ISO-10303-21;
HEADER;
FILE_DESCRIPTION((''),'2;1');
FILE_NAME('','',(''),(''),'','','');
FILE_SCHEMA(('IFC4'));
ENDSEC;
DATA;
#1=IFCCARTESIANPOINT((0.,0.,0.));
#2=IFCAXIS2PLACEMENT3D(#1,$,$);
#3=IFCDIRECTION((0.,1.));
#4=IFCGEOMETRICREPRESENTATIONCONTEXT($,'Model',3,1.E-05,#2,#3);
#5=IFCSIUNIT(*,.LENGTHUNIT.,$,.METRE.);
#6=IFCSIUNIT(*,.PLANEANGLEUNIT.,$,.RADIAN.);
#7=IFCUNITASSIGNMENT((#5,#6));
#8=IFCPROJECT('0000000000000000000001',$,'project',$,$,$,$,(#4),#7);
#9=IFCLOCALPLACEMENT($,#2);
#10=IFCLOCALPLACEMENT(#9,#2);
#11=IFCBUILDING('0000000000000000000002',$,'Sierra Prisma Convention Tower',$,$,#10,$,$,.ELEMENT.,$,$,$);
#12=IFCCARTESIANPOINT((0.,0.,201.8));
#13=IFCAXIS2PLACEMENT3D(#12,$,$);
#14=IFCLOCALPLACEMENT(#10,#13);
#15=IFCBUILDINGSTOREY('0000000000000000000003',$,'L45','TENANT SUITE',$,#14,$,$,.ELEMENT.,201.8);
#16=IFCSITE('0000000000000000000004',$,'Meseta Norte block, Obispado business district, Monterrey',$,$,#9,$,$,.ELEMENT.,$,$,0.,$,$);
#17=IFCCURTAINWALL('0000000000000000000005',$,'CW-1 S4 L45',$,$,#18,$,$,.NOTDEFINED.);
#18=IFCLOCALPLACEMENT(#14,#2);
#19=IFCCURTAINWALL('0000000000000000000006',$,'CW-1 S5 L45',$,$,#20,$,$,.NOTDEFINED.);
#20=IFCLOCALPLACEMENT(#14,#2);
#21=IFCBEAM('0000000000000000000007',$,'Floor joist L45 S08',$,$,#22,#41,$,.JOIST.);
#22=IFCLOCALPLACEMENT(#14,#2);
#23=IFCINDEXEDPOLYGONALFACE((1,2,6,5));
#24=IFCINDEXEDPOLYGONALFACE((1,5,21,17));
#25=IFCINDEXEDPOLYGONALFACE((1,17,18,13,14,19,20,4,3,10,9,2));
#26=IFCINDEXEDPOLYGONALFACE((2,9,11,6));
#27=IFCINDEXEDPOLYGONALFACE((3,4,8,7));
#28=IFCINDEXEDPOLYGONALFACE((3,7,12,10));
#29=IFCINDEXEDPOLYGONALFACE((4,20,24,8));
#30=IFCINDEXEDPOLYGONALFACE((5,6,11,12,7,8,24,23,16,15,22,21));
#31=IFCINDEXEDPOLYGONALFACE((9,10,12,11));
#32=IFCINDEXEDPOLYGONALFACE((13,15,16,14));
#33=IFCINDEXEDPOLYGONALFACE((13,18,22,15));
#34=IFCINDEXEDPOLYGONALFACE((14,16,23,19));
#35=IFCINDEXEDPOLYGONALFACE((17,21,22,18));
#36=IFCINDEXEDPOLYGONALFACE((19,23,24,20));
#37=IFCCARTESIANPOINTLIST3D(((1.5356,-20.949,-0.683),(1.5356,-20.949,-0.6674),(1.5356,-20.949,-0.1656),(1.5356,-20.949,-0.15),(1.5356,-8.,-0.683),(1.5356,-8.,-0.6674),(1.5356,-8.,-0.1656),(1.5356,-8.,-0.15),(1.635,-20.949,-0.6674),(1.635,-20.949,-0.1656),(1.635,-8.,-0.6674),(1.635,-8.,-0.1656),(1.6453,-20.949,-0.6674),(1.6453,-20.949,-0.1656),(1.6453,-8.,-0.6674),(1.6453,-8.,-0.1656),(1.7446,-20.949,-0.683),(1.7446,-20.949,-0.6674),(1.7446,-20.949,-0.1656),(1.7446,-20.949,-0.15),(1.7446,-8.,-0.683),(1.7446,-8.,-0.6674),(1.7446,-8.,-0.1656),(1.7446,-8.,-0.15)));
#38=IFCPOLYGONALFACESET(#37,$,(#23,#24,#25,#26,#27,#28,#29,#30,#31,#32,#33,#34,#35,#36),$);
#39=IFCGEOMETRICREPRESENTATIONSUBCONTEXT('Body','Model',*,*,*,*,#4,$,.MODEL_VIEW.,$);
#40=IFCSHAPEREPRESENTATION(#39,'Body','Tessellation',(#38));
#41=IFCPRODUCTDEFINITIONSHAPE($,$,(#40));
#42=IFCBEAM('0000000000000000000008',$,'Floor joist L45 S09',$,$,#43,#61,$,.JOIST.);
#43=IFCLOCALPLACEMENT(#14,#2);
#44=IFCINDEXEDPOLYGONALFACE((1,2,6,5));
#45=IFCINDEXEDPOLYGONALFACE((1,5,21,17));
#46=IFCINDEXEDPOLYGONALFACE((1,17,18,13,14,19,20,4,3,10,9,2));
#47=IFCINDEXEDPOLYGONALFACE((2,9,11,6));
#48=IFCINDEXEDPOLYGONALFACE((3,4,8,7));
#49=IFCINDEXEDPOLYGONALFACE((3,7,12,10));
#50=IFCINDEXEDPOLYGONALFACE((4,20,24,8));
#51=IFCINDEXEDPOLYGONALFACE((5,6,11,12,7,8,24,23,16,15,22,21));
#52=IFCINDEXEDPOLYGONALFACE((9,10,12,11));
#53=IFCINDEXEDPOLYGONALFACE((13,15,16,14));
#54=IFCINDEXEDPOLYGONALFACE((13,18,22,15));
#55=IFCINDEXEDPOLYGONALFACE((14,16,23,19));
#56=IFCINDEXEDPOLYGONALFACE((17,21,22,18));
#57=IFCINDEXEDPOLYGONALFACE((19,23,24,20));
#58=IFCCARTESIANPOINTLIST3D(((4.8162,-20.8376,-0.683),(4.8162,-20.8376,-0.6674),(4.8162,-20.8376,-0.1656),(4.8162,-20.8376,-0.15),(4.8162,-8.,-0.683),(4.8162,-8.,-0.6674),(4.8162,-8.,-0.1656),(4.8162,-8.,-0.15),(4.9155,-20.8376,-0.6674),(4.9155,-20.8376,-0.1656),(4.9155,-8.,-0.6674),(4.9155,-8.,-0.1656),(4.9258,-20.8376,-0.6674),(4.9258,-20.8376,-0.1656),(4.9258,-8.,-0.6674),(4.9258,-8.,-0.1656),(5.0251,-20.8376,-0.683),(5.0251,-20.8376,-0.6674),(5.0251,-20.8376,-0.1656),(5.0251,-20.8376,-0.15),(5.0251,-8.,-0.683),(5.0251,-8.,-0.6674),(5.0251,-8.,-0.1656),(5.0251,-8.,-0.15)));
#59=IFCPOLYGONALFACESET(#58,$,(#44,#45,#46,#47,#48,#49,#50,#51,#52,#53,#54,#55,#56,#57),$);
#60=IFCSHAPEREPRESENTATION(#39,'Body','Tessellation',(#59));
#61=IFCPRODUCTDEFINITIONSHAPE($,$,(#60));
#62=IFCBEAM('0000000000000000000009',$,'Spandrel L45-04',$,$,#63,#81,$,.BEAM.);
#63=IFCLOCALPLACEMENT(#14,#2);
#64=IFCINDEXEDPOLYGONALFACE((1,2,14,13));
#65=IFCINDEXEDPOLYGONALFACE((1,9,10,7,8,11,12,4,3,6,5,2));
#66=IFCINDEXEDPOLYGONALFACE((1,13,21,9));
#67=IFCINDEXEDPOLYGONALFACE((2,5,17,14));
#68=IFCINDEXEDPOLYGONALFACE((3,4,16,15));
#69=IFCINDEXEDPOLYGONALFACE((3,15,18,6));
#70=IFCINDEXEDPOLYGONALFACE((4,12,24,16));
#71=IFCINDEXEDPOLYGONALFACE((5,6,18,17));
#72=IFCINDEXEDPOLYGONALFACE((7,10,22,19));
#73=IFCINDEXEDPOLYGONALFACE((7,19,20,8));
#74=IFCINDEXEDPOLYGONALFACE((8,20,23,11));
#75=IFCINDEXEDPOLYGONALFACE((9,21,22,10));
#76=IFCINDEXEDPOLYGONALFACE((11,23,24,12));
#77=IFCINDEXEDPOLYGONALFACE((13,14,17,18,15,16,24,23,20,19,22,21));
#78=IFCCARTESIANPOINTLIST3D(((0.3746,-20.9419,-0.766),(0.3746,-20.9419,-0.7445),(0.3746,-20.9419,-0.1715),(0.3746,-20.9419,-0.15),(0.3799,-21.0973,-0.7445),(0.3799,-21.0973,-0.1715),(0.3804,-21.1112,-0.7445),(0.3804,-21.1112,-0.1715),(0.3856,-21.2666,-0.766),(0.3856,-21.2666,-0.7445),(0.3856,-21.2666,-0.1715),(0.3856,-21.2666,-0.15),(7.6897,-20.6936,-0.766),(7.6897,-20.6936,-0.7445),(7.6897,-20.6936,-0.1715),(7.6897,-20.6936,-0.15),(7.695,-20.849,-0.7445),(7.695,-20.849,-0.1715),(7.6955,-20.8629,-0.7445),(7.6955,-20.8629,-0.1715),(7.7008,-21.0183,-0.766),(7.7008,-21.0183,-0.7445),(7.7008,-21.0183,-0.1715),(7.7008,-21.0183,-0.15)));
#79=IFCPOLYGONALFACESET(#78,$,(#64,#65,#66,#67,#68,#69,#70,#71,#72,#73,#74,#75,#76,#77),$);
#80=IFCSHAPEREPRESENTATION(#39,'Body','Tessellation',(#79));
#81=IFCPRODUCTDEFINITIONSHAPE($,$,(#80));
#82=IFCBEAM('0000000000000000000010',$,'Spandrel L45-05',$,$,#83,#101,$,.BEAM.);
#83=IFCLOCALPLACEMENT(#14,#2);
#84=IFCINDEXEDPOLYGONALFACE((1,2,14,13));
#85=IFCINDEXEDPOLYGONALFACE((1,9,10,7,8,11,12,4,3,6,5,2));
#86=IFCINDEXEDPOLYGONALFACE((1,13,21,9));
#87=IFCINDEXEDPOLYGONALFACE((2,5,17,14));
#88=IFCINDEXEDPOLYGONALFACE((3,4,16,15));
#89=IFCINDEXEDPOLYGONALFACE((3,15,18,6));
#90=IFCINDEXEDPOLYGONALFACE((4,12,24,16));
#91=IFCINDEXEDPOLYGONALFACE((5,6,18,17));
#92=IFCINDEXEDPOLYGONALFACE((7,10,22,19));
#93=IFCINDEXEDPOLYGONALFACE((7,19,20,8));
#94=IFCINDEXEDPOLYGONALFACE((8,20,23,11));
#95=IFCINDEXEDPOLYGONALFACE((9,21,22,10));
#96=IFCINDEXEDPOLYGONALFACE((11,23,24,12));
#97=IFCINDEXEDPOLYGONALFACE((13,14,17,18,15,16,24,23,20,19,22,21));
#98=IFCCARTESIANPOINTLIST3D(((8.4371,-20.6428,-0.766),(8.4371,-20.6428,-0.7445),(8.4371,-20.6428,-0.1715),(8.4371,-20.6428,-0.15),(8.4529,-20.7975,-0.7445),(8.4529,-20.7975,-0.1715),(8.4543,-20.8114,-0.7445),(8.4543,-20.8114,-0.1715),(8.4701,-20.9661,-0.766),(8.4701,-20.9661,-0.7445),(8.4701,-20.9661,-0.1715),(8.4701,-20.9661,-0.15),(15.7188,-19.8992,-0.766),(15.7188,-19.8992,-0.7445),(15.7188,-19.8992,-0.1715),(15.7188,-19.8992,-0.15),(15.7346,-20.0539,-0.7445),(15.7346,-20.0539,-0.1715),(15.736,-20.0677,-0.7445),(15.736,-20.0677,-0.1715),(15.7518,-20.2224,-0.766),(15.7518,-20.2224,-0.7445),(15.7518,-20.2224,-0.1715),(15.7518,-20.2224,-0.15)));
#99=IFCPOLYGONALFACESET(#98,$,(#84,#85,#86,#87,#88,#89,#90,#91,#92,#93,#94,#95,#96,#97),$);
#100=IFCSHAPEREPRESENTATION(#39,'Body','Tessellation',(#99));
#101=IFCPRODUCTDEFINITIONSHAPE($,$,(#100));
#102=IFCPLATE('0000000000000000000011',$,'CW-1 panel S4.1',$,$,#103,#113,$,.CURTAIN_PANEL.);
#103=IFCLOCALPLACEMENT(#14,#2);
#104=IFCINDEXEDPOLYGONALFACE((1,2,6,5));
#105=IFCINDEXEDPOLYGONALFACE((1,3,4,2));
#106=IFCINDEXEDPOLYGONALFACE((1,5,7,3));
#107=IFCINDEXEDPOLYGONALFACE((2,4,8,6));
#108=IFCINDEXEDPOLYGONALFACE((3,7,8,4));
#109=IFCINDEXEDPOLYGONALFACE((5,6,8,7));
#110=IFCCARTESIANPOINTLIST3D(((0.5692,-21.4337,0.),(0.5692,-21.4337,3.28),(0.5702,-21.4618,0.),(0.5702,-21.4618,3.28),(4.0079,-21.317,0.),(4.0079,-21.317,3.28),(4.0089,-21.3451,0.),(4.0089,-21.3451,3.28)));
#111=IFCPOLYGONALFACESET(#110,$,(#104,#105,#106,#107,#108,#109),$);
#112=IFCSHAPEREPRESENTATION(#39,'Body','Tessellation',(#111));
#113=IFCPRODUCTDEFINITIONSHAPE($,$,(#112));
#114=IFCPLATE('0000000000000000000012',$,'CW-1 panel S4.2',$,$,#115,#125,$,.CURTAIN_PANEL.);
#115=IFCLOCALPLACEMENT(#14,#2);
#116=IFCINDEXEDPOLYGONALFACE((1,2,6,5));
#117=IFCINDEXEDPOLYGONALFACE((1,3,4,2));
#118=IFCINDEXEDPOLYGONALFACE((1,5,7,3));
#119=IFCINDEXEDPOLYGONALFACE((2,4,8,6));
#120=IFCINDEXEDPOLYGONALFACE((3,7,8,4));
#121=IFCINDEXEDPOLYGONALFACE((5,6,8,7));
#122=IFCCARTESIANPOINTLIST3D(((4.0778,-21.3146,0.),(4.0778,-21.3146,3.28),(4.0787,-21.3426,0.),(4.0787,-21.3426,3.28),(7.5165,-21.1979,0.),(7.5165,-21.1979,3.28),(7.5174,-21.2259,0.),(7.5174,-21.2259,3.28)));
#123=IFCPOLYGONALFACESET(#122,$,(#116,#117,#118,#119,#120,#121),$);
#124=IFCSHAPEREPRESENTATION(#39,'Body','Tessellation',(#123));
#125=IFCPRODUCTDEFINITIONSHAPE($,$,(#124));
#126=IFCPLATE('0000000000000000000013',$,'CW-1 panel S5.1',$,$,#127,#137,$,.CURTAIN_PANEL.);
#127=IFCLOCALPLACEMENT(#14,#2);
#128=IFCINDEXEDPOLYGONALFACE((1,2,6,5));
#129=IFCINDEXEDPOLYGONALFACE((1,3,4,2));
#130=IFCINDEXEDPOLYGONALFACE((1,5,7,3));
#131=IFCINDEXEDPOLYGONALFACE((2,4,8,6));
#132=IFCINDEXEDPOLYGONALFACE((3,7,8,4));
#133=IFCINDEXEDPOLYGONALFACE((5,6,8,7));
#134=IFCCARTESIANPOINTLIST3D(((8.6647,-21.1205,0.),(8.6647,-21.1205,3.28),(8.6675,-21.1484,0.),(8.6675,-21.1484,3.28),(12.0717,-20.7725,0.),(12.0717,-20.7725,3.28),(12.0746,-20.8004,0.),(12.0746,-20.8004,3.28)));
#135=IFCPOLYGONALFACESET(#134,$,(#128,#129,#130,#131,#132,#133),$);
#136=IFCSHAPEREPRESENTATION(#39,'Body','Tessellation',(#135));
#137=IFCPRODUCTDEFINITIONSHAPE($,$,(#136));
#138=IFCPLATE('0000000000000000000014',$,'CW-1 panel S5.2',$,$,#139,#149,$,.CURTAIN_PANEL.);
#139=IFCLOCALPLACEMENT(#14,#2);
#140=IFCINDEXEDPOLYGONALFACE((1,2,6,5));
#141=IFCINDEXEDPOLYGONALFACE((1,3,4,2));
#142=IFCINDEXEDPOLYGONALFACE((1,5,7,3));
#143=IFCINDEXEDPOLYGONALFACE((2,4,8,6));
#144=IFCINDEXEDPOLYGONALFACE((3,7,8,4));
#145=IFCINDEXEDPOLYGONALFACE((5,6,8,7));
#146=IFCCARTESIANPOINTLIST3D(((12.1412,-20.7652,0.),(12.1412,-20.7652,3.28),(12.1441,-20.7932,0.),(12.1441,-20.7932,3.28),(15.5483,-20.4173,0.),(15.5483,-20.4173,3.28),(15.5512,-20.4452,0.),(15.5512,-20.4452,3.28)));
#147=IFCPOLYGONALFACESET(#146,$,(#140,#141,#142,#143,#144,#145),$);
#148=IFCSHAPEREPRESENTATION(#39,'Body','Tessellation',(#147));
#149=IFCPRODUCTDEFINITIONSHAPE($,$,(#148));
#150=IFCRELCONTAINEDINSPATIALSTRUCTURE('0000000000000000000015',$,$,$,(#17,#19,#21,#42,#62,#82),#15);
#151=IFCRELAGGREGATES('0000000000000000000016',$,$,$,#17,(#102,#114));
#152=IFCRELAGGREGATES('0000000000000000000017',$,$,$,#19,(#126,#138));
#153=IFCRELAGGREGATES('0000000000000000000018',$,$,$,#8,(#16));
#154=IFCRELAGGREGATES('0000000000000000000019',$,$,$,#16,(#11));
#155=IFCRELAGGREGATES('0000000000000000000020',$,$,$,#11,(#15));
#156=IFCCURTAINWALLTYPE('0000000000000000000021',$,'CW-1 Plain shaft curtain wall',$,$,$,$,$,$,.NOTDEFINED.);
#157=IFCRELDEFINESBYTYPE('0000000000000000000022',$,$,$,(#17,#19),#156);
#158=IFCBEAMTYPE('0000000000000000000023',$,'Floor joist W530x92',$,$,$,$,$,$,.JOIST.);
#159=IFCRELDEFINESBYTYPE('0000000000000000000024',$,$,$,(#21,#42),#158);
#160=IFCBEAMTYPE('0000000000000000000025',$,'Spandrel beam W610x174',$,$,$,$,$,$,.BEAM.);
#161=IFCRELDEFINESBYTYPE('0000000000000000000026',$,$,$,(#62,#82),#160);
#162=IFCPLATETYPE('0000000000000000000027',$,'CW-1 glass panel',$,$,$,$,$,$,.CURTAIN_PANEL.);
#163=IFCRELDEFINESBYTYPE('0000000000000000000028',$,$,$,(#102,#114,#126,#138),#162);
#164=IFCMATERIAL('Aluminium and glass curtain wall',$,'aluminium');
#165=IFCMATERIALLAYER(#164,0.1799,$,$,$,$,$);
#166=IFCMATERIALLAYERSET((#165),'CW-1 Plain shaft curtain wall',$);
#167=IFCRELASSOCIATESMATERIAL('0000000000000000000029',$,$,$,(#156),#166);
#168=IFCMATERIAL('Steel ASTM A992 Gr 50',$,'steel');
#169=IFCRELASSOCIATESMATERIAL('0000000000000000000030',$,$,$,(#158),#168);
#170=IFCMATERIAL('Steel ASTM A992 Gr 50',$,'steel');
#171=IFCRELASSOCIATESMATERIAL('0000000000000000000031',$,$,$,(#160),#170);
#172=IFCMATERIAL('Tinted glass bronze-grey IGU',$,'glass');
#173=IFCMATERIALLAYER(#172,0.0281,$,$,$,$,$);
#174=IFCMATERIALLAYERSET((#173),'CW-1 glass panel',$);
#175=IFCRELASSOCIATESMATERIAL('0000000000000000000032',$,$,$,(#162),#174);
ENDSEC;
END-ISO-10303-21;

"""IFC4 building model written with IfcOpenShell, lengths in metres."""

from ifc_helpers import new_model, si_unit, direction, frame, origin, origin_2d, place, context, subcontext, project, spatial, rectangle, i_section, extrude, material, layer, layer_set, material_profile, profile_set, type_object, element, aggregate, save


model = new_model("IFC4")

# Units and contexts
model_context = context("Model", 3, precision=1e-05, world=origin(), true_north=direction((0.0, 1.0)))
body_context = subcontext(model_context, "Body", "Model", "MODEL_VIEW")
ifc_project = project(units=[si_unit("LENGTHUNIT", "METRE"), si_unit("PLANEANGLEUNIT", "RADIAN")], contexts=[model_context])

# Site, building, storey
site_placement = place(None, origin())
site = spatial("IfcSite", under=ifc_project, at=site_placement, Name="Meseta Norte block, Obispado business district, Monterrey", CompositionType="ELEMENT", RefElevation=0.0)
building_placement = place(site_placement, origin())
building = spatial("IfcBuilding", under=site, at=building_placement, Name="Sierra Prisma Convention Tower", CompositionType="ELEMENT")
storey_placement = place(building_placement, frame((0.0, 0.0, 201.8)))
storey = spatial("IfcBuildingStorey", under=building, at=storey_placement, Name="L45", Description="TENANT SUITE", CompositionType="ELEMENT", Elevation=201.8)

# Curtain walls
ifc_material_1 = material(Name="Aluminium and glass curtain wall", Category="aluminium")
ifc_layer_1 = layer(ifc_material_1, 0.1799)
ifc_layer_set_1 = layer_set([ifc_layer_1], Name="CW-1 Plain shaft curtain wall")
curtain_wall_type = type_object("IfcCurtainWallType", Name="CW-1 Plain shaft curtain wall", PredefinedType="NOTDEFINED", material=ifc_layer_set_1)
curtain_wall_1_placement = place(storey_placement, origin())
curtain_wall_1 = element("IfcCurtainWall", 1, at=curtain_wall_1_placement, inside=storey, type_object=curtain_wall_type, Name="CW-1 S4 L45", PredefinedType="NOTDEFINED")
curtain_wall_2_placement = place(storey_placement, origin())
curtain_wall_2 = element("IfcCurtainWall", 2, at=curtain_wall_2_placement, inside=storey, type_object=curtain_wall_type, Name="CW-1 S5 L45", PredefinedType="NOTDEFINED")

# Beams
ifc_material_2 = material(Name="Steel ASTM A992 Gr 50", Category="steel")
ifc_material_profile_1 = material_profile(ifc_material_2, i_section(OverallWidth=0.209, OverallDepth=0.533, WebThickness=0.0103, FlangeThickness=0.0156, at=origin_2d()), Name="W530x92")
ifc_profile_set_1 = profile_set([ifc_material_profile_1], Name="Steel ASTM A992 Gr 50")
beam_type_1 = type_object("IfcBeamType", Name="Floor joist W530x92", PredefinedType="JOIST", material=ifc_profile_set_1)
beam_1_placement = place(storey_placement, frame((1.6401, -20.949, -0.4165), z_axis=(0.0, 1.0, 0.0), x_axis=(-1.0, 0.0, 0.0)))
element("IfcBeam", 3, at=beam_1_placement, inside=storey, type_object=beam_type_1, Name="Floor joist L45 S08", PredefinedType="JOIST", context=body_context, shape_type="SweptSolid", body=[
    extrude(i_section(OverallWidth=0.209, OverallDepth=0.533, WebThickness=0.0103, FlangeThickness=0.0156, at=origin_2d()), origin(), (0.0, 0.0, 1.0), 12.949),
])
beam_2_placement = place(storey_placement, frame((4.9207, -20.8376, -0.4165), z_axis=(0.0, 1.0, 0.0), x_axis=(-1.0, 0.0, 0.0)))
element("IfcBeam", 4, at=beam_2_placement, inside=storey, type_object=beam_type_1, Name="Floor joist L45 S09", PredefinedType="JOIST", context=body_context, shape_type="SweptSolid", body=[
    extrude(i_section(OverallWidth=0.209, OverallDepth=0.533, WebThickness=0.0103, FlangeThickness=0.0156, at=origin_2d()), origin(), (0.0, 0.0, 1.0), 12.8376),
])
ifc_material_3 = material(Name="Steel ASTM A992 Gr 50", Category="steel")
ifc_material_profile_2 = material_profile(ifc_material_3, i_section(OverallWidth=0.325, OverallDepth=0.616, WebThickness=0.0139, FlangeThickness=0.0215, at=origin_2d()), Name="W610x174")
ifc_profile_set_2 = profile_set([ifc_material_profile_2], Name="Steel ASTM A992 Gr 50")
beam_type_2 = type_object("IfcBeamType", Name="Spandrel beam W610x174", PredefinedType="BEAM", material=ifc_profile_set_2)
beam_3_placement = place(storey_placement, frame((0.3801, -21.1042, -0.458), z_axis=(0.999424, 0.033922, 0.0), x_axis=(-0.033922, 0.999424, 0.0)))
element("IfcBeam", 5, at=beam_3_placement, inside=storey, type_object=beam_type_2, Name="Spandrel L45-04", PredefinedType="BEAM", context=body_context, shape_type="SweptSolid", body=[
    extrude(i_section(OverallWidth=0.325, OverallDepth=0.616, WebThickness=0.0139, FlangeThickness=0.0215, at=origin_2d()), origin(), (0.0, 0.0, 1.0), 7.3193),
])
beam_4_placement = place(storey_placement, frame((8.4536, -20.8044, -0.458), z_axis=(0.994826, 0.101597, 0.0), x_axis=(-0.101597, 0.994826, 0.0)))
element("IfcBeam", 6, at=beam_4_placement, inside=storey, type_object=beam_type_2, Name="Spandrel L45-05", PredefinedType="BEAM", context=body_context, shape_type="SweptSolid", body=[
    extrude(i_section(OverallWidth=0.325, OverallDepth=0.616, WebThickness=0.0139, FlangeThickness=0.0215, at=origin_2d()), origin(), (0.0, 0.0, 1.0), 7.3196),
])

# Plates
ifc_material_4 = material(Name="Tinted glass bronze-grey IGU", Category="glass")
ifc_layer_2 = layer(ifc_material_4, 0.0281)
ifc_layer_set_2 = layer_set([ifc_layer_2], Name="CW-1 glass panel")
plate_type = type_object("IfcPlateType", Name="CW-1 glass panel", PredefinedType="CURTAIN_PANEL", material=ifc_layer_set_2)
plate_1_placement = place(storey_placement, frame((2.2891, -21.3894, 0.0), z_axis=(0.0, 0.0, 1.0), x_axis=(0.999425, 0.033918, 0.0)))
plate_1 = element("IfcPlate", 7, at=plate_1_placement, type_object=plate_type, Name="CW-1 panel S4.1", PredefinedType="CURTAIN_PANEL", context=body_context, shape_type="SweptSolid", body=[
    extrude(rectangle(XDim=3.4407, YDim=0.0281, at=origin_2d()), origin(), (0.0, 0.0, 1.0), 3.28),
])
plate_2_placement = place(storey_placement, frame((5.7976, -21.2703, 0.0), z_axis=(0.0, 0.0, 1.0), x_axis=(0.999425, 0.033918, 0.0)))
plate_2 = element("IfcPlate", 8, at=plate_2_placement, type_object=plate_type, Name="CW-1 panel S4.2", PredefinedType="CURTAIN_PANEL", context=body_context, shape_type="SweptSolid", body=[
    extrude(rectangle(XDim=3.4407, YDim=0.0281, at=origin_2d()), origin(), (0.0, 0.0, 1.0), 3.28),
])
aggregate(curtain_wall_1, [plate_1, plate_2])
plate_3_placement = place(storey_placement, frame((10.3696, -20.9604, 0.0), z_axis=(0.0, 0.0, 1.0), x_axis=(0.994826, 0.101598, 0.0)))
plate_3 = element("IfcPlate", 9, at=plate_3_placement, type_object=plate_type, Name="CW-1 panel S5.1", PredefinedType="CURTAIN_PANEL", context=body_context, shape_type="SweptSolid", body=[
    extrude(rectangle(XDim=3.4248, YDim=0.0281, at=origin_2d()), origin(), (0.0, 0.0, 1.0), 3.28),
])
plate_4_placement = place(storey_placement, frame((13.8462, -20.6052, 0.0), z_axis=(0.0, 0.0, 1.0), x_axis=(0.994826, 0.101598, 0.0)))
plate_4 = element("IfcPlate", 10, at=plate_4_placement, type_object=plate_type, Name="CW-1 panel S5.2", PredefinedType="CURTAIN_PANEL", context=body_context, shape_type="SweptSolid", body=[
    extrude(rectangle(XDim=3.4248, YDim=0.0281, at=origin_2d()), origin(), (0.0, 0.0, 1.0), 3.28),
])
aggregate(curtain_wall_2, [plate_3, plate_4])

save(model, "model.ifc")
